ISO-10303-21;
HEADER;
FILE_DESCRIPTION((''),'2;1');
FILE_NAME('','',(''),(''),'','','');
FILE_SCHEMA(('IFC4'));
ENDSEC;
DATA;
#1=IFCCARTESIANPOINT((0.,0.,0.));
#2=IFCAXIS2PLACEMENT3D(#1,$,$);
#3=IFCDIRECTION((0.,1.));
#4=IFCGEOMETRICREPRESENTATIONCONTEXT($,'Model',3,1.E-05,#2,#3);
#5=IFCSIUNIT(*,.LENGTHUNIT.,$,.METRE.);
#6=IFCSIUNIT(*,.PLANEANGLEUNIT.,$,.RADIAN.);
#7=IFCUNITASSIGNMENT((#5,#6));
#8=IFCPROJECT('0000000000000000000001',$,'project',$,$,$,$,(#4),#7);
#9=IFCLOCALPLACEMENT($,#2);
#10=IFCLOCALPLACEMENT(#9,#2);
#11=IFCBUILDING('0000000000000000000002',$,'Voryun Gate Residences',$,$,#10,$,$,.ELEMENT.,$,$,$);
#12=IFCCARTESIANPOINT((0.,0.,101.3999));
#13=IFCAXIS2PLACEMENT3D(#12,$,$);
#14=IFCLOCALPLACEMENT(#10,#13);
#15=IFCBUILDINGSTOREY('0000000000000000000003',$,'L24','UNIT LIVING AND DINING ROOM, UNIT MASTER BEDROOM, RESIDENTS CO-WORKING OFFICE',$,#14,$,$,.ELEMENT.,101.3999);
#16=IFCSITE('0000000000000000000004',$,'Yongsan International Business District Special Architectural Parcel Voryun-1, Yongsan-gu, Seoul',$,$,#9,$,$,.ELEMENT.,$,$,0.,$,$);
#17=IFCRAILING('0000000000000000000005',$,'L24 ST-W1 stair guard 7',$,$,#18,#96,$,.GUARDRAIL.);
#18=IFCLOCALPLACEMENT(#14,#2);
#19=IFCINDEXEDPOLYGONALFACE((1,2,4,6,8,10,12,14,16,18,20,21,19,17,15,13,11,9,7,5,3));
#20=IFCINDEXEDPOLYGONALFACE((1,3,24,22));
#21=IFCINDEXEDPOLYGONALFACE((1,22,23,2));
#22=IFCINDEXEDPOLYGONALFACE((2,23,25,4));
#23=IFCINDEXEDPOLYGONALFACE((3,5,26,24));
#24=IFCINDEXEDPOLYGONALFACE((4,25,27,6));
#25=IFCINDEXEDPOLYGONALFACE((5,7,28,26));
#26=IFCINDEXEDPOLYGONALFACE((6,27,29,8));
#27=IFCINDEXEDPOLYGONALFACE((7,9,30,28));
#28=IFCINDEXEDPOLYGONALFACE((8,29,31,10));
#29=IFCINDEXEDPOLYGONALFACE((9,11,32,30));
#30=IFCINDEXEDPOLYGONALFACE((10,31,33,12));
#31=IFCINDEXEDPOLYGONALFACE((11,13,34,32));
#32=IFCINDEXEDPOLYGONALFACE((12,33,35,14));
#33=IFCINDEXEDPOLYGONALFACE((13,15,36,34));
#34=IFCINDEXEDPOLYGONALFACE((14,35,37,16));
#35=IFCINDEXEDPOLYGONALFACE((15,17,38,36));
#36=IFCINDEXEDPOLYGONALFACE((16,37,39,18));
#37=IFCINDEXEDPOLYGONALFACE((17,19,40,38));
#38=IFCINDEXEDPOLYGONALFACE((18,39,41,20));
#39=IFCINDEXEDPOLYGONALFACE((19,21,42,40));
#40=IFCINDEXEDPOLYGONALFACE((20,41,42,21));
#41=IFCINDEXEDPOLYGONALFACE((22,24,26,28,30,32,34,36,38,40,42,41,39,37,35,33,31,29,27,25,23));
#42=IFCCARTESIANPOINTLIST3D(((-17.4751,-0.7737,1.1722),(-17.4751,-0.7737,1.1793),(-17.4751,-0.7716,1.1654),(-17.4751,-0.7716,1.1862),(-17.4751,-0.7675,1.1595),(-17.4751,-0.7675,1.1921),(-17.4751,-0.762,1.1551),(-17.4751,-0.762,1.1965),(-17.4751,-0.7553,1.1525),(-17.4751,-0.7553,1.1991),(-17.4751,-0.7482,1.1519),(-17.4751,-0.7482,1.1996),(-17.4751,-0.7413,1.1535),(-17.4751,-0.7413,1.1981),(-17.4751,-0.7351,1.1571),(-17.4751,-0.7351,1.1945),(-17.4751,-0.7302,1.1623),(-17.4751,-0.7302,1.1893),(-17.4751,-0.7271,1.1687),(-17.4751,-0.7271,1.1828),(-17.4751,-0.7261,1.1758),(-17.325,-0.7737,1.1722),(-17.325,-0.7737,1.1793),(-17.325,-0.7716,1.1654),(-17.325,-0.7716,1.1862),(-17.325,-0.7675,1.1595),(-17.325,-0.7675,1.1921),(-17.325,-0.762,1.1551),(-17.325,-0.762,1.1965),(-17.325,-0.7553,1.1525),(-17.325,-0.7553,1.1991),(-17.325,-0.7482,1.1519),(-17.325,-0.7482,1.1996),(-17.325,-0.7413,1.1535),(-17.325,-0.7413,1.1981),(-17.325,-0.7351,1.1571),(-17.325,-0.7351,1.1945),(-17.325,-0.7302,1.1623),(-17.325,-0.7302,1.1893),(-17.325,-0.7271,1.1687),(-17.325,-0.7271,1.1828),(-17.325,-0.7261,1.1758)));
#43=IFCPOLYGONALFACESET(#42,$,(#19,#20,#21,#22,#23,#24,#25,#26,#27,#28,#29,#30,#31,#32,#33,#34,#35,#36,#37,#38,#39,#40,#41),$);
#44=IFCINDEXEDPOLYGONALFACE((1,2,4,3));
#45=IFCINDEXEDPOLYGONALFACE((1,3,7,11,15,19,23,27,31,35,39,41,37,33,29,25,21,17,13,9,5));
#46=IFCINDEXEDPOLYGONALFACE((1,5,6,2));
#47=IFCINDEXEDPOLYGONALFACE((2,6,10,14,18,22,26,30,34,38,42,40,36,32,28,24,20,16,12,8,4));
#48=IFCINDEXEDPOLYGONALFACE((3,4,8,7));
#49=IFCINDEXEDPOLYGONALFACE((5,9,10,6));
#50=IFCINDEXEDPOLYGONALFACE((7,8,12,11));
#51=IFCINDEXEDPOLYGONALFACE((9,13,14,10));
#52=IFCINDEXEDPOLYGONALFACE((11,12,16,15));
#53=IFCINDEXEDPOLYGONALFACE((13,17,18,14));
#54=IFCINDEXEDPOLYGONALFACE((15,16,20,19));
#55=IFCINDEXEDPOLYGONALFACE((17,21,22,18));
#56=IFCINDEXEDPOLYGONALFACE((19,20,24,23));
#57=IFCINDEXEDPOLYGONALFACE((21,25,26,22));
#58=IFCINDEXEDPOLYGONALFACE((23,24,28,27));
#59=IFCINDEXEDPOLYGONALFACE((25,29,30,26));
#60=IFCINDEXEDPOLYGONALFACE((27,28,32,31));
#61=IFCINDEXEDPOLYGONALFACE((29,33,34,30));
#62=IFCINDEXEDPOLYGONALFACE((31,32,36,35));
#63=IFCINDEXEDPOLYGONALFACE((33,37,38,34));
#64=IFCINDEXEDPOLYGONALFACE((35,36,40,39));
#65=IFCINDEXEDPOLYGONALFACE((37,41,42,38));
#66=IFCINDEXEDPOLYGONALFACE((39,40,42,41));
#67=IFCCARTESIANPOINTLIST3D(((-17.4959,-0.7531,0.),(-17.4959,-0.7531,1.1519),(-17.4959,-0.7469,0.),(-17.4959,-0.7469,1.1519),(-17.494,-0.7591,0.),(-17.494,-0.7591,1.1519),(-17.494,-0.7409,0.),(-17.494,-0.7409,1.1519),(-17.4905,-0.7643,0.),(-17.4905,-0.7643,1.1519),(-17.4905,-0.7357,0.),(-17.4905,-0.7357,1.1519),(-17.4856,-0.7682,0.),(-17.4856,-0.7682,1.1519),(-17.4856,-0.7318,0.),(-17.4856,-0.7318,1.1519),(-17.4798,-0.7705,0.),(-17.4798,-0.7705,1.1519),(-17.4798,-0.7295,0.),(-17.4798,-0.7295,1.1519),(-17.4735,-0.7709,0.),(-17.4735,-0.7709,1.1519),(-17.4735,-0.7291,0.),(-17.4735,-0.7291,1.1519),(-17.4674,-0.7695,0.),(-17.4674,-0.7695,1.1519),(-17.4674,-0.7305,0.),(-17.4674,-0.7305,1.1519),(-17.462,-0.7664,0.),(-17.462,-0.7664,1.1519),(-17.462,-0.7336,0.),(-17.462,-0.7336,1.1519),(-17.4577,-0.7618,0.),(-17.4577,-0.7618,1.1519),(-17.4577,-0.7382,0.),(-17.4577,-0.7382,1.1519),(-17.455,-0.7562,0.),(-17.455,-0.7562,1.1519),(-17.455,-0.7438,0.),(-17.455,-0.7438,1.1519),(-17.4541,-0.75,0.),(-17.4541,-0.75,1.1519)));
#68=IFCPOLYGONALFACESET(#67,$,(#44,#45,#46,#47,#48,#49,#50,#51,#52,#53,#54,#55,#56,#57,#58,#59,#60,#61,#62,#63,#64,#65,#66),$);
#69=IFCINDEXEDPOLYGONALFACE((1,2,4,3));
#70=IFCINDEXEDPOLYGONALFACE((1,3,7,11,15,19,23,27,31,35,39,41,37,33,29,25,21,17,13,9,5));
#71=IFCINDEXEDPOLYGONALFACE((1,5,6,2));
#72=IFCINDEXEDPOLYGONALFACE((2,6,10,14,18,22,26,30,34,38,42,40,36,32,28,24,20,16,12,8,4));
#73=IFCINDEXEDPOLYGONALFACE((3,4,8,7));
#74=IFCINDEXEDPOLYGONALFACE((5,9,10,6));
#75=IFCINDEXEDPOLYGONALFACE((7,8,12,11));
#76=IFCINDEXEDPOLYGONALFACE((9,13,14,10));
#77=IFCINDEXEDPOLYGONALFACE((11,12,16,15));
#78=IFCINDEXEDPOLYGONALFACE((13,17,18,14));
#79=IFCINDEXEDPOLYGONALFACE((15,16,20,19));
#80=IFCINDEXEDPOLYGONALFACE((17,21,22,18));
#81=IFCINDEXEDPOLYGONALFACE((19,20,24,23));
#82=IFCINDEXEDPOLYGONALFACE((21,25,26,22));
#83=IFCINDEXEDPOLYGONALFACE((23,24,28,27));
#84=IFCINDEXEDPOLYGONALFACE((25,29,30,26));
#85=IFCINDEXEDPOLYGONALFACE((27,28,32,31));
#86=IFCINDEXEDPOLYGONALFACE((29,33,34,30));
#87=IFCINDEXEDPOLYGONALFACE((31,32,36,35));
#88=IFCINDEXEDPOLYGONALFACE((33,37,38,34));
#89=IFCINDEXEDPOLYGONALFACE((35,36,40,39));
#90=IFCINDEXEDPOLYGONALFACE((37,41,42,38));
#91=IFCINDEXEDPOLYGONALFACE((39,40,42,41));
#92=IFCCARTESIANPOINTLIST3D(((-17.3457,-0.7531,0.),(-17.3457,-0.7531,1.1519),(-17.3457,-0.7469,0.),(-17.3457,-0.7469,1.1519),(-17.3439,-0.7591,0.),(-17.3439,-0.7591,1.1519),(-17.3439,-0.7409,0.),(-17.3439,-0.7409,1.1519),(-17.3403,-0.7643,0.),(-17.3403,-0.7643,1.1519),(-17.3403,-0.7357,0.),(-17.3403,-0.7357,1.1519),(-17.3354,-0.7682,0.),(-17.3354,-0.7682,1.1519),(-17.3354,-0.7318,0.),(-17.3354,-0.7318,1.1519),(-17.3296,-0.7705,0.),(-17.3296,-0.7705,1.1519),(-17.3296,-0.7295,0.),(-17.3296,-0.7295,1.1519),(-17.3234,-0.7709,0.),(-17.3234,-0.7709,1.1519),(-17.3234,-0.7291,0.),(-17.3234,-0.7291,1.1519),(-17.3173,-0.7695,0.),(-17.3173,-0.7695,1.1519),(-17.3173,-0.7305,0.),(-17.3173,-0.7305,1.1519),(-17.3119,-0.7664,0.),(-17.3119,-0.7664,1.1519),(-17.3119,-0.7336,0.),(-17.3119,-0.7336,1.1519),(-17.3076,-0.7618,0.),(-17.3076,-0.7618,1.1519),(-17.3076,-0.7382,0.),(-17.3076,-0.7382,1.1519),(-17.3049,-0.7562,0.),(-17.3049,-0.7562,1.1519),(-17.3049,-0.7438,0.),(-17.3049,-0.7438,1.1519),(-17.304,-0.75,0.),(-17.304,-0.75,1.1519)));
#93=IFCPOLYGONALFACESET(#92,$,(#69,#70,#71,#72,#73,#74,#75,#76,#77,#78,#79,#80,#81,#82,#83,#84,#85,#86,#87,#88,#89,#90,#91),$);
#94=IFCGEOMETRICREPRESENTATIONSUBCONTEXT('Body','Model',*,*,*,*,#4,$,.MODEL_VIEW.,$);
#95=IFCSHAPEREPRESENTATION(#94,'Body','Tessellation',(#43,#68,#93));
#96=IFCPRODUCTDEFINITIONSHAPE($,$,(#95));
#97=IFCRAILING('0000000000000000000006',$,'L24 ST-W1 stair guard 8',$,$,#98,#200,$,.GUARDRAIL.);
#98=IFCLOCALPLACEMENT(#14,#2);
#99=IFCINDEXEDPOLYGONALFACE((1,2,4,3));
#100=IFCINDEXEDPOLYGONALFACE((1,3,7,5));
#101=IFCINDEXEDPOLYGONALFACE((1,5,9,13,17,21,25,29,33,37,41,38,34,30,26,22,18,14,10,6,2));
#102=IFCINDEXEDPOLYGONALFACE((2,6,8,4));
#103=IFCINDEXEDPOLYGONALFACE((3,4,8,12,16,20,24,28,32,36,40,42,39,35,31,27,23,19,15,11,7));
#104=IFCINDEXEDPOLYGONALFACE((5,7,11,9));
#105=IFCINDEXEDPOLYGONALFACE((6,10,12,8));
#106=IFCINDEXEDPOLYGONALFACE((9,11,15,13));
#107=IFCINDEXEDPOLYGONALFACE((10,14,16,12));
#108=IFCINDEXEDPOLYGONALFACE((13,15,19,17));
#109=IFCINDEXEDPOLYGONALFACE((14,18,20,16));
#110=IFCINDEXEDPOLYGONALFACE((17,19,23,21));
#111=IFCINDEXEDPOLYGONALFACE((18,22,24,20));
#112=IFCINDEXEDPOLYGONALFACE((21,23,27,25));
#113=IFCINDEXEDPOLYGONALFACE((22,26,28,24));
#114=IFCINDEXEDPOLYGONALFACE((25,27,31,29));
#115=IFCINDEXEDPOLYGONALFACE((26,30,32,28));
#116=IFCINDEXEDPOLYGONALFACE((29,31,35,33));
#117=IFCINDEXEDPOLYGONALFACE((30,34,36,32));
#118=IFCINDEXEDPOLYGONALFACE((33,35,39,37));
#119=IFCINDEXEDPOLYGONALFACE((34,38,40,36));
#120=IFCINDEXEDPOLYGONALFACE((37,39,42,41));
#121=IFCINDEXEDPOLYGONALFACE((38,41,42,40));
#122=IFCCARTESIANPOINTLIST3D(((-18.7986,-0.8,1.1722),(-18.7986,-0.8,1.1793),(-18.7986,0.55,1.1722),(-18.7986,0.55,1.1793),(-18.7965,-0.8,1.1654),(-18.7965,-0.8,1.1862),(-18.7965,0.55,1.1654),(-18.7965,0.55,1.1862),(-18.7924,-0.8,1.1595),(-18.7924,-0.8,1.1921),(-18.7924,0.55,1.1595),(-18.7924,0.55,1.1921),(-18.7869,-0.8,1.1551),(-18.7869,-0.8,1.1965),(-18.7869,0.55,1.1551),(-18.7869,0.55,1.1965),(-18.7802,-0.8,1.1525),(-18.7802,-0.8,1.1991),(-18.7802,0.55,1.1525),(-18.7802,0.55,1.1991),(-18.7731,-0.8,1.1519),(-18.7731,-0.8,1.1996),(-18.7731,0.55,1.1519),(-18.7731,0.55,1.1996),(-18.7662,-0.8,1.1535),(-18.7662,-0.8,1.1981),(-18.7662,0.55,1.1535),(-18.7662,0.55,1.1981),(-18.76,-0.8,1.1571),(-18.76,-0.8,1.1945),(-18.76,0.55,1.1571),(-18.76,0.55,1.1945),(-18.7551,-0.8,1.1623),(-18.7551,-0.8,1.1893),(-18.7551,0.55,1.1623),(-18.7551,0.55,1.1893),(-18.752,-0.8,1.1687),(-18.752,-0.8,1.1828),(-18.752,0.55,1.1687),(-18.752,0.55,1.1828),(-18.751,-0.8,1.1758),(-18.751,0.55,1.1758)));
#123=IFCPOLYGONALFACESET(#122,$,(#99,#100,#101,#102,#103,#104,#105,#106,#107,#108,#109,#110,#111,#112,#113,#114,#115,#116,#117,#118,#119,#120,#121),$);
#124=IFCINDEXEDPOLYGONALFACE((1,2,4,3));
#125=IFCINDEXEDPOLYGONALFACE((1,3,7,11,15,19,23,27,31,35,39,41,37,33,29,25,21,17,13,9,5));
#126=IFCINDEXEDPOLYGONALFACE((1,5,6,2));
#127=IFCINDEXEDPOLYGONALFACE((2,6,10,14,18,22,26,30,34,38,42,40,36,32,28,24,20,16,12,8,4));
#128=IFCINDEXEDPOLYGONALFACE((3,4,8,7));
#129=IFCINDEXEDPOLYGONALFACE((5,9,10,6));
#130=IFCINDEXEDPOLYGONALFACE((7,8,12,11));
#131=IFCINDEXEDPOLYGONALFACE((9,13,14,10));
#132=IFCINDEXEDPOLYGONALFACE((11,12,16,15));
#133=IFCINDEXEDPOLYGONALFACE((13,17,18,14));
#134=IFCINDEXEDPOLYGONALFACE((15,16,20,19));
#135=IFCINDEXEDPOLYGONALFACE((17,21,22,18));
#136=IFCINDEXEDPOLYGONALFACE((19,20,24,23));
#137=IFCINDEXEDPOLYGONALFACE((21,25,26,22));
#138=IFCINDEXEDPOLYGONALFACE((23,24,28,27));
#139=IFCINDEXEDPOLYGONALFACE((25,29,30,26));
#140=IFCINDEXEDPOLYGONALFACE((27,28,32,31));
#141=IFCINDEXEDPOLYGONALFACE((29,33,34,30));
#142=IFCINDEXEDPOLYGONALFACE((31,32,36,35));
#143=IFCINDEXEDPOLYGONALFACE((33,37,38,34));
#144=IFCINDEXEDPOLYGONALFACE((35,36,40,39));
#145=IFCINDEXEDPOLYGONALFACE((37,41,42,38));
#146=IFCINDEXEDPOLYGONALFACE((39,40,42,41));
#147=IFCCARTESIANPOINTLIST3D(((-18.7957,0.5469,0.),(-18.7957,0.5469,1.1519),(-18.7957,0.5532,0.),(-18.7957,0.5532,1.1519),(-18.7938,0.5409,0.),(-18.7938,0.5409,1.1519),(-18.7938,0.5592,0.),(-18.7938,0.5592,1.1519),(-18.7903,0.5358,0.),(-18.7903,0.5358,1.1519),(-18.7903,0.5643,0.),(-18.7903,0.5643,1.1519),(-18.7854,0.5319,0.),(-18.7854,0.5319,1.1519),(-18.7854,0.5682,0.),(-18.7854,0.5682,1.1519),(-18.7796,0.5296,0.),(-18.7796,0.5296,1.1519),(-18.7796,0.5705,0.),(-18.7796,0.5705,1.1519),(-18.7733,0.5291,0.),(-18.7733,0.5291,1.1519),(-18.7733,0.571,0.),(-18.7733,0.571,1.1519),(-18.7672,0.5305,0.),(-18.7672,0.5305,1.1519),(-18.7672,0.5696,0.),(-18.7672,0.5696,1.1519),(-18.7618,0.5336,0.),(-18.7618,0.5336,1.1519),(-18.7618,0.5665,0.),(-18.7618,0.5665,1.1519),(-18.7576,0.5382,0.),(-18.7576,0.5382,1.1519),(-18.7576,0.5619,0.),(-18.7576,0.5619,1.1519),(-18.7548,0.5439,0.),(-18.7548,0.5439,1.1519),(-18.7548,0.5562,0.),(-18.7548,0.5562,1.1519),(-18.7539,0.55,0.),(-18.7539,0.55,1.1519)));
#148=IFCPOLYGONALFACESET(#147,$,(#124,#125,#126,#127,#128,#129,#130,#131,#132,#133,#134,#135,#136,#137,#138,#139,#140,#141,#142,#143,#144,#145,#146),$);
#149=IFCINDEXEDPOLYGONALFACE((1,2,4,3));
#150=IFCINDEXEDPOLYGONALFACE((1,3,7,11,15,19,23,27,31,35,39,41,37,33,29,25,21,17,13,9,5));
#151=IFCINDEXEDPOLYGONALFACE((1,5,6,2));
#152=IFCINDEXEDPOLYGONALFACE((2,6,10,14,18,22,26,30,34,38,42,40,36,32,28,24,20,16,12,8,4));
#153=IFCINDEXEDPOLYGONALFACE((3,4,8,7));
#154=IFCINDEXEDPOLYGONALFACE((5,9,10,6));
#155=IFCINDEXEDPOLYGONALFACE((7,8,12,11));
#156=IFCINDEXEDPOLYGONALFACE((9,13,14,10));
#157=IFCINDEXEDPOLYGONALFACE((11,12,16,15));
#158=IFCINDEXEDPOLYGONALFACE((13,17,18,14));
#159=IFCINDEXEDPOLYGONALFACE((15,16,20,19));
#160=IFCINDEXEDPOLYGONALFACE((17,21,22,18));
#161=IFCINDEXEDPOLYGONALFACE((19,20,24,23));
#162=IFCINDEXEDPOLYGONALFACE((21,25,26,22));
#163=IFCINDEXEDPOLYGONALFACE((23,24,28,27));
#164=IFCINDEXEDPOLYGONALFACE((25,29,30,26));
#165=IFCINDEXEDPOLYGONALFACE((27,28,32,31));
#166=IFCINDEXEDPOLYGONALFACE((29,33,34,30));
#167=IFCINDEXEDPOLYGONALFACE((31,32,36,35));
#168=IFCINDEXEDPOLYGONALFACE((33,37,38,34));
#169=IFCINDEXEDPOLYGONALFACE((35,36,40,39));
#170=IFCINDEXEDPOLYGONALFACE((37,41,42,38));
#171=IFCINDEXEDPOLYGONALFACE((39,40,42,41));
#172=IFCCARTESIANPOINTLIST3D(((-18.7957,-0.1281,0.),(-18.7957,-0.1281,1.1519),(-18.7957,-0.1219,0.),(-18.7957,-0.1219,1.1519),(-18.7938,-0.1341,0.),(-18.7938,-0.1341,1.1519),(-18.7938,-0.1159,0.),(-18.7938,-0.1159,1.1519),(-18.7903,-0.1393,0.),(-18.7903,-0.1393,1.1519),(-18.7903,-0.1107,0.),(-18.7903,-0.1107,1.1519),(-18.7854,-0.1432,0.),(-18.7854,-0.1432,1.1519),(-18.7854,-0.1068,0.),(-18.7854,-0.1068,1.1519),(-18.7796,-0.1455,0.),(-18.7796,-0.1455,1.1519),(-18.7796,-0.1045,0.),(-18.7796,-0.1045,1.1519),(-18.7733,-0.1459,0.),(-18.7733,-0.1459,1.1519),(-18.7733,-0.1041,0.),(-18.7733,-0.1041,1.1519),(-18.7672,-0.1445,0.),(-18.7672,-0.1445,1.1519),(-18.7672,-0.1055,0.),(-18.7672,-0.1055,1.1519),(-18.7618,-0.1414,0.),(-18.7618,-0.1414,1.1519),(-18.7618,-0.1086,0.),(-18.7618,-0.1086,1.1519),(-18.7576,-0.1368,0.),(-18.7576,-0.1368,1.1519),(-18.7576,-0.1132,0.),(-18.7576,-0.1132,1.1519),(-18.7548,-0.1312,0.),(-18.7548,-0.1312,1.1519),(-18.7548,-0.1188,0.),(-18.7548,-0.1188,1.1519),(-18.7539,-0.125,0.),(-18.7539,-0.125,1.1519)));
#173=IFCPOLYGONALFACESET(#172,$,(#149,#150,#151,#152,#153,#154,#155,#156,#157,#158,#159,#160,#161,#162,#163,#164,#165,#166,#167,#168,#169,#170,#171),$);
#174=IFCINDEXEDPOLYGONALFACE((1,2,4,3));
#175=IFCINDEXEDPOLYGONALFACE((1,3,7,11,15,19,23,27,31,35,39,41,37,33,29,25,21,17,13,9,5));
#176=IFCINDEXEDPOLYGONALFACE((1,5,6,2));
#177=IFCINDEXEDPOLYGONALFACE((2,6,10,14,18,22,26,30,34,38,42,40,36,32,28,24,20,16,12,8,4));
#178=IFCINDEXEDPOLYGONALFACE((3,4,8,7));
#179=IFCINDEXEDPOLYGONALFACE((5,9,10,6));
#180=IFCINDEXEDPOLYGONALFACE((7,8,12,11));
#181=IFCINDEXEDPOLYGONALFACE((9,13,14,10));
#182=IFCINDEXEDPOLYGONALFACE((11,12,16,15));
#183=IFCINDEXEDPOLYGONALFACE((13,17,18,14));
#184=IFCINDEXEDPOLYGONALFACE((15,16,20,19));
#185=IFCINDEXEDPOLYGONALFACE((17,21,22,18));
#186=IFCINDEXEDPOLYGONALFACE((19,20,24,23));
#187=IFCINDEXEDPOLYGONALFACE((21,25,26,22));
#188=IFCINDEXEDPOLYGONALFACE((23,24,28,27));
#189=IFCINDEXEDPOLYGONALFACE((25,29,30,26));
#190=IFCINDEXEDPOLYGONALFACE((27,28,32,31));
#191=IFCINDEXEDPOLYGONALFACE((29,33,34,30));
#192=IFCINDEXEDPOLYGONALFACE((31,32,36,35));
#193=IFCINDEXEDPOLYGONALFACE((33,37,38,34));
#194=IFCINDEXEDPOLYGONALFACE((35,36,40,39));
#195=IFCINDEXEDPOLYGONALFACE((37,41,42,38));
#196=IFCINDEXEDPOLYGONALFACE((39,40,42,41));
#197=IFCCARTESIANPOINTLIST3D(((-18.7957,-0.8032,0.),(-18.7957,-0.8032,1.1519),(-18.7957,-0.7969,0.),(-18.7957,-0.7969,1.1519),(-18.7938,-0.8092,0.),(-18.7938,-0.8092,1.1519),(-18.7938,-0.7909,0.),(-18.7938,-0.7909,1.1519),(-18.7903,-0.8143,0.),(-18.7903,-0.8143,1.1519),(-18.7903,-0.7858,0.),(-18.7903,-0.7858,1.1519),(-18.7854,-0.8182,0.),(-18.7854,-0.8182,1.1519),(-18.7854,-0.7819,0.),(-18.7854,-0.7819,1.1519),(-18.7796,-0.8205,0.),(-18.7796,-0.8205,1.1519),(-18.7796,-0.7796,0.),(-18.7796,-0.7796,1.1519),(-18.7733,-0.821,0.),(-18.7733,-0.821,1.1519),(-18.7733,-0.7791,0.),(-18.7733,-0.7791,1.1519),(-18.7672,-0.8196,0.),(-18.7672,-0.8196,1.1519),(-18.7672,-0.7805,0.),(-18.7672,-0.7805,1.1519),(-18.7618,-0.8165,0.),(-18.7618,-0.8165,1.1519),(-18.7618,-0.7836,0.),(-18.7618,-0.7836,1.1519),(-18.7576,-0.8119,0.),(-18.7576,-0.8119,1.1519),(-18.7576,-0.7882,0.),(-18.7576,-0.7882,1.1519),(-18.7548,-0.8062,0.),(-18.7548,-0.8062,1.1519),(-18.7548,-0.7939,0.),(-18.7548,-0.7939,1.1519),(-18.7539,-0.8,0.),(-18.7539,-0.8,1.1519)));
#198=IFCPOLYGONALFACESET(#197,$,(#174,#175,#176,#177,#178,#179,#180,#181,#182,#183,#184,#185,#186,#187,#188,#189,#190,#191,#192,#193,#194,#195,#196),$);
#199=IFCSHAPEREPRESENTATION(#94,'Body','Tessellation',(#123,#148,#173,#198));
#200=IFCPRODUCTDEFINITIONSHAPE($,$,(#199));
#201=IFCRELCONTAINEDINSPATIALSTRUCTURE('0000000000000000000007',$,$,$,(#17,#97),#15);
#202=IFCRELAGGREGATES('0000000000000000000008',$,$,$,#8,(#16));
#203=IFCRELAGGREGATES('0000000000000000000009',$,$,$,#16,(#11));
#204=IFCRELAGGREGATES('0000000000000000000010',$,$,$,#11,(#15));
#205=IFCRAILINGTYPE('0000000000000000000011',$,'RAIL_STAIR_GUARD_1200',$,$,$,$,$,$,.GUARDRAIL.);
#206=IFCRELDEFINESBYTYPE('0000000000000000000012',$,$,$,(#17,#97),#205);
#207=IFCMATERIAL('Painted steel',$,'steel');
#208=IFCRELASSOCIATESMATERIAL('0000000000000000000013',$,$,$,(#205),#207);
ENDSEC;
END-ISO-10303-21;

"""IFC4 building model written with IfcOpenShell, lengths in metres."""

from ifc_helpers import new_model, si_unit, direction, frame, origin, origin_2d, place, context, subcontext, project, spatial, circle, extrude, material, type_object, element, save


model = new_model("IFC4")

# Units and contexts
model_context = context("Model", 3, precision=1e-05, world=origin(), true_north=direction((0.0, 1.0)))
body_context = subcontext(model_context, "Body", "Model", "MODEL_VIEW")
ifc_project = project(units=[si_unit("LENGTHUNIT", "METRE"), si_unit("PLANEANGLEUNIT", "RADIAN")], contexts=[model_context])

# Site, building, storey
site_placement = place(None, origin())
site = spatial("IfcSite", under=ifc_project, at=site_placement, Name="Yongsan International Business District Special Architectural Parcel Voryun-1, Yongsan-gu, Seoul", CompositionType="ELEMENT", RefElevation=0.0)
building_placement = place(site_placement, origin())
building = spatial("IfcBuilding", under=site, at=building_placement, Name="Voryun Gate Residences", CompositionType="ELEMENT")
storey_placement = place(building_placement, frame((0.0, 0.0, 101.3999)))
storey = spatial("IfcBuildingStorey", under=building, at=storey_placement, Name="L24", Description="UNIT LIVING AND DINING ROOM, UNIT MASTER BEDROOM, RESIDENTS CO-WORKING OFFICE", CompositionType="ELEMENT", Elevation=101.3999)

# Railings
ifc_material_1 = material(Name="Painted steel", Category="steel")
railing_type_1 = type_object("IfcRailingType", Name="RAIL_STAIR_GUARD_1200", PredefinedType="GUARDRAIL", material=ifc_material_1)
railing_1_placement = place(storey_placement, frame((-17.4751, -0.75, 0.0)))
element("IfcRailing", 1, at=railing_1_placement, inside=storey, type_object=railing_type_1, Name="L24 ST-W1 stair guard 7", PredefinedType="GUARDRAIL", context=body_context, shape_type="SweptSolid", body=[
    extrude(circle(Radius=0.0239, at=origin_2d()), frame((0.0, 0.0, 1.1758), z_axis=(1.0, 0.0, 0.0), x_axis=(0.0, 1.0, 0.0)), (0.0, 0.0, 1.0), 0.1501),
    extrude(circle(Radius=0.021, at=origin_2d()), origin(), (0.0, 0.0, 1.0), 1.1519),
    extrude(circle(Radius=0.021, at=origin_2d()), frame((0.1501, 0.0, 0.0)), (0.0, 0.0, 1.0), 1.1519),
])
railing_2_placement = place(storey_placement, frame((-18.7749, 0.55, 0.0)))
element("IfcRailing", 2, at=railing_2_placement, inside=storey, type_object=railing_type_1, Name="L24 ST-W1 stair guard 8", PredefinedType="GUARDRAIL", context=body_context, shape_type="SweptSolid", body=[
    extrude(circle(Radius=0.0239, at=origin_2d()), frame((0.0, 0.0, 1.1758), z_axis=(0.0, -1.0, 0.0), x_axis=(1.0, 0.0, 0.0)), (0.0, 0.0, 1.0), 1.3501),
    extrude(circle(Radius=0.021, at=origin_2d()), origin(), (0.0, 0.0, 1.0), 1.1519),
    extrude(circle(Radius=0.021, at=origin_2d()), frame((0.0, -0.675, 0.0)), (0.0, 0.0, 1.0), 1.1519),
    extrude(circle(Radius=0.021, at=origin_2d()), frame((0.0, -1.3501, 0.0)), (0.0, 0.0, 1.0), 1.1519),
])

save(model, "model.ifc")
